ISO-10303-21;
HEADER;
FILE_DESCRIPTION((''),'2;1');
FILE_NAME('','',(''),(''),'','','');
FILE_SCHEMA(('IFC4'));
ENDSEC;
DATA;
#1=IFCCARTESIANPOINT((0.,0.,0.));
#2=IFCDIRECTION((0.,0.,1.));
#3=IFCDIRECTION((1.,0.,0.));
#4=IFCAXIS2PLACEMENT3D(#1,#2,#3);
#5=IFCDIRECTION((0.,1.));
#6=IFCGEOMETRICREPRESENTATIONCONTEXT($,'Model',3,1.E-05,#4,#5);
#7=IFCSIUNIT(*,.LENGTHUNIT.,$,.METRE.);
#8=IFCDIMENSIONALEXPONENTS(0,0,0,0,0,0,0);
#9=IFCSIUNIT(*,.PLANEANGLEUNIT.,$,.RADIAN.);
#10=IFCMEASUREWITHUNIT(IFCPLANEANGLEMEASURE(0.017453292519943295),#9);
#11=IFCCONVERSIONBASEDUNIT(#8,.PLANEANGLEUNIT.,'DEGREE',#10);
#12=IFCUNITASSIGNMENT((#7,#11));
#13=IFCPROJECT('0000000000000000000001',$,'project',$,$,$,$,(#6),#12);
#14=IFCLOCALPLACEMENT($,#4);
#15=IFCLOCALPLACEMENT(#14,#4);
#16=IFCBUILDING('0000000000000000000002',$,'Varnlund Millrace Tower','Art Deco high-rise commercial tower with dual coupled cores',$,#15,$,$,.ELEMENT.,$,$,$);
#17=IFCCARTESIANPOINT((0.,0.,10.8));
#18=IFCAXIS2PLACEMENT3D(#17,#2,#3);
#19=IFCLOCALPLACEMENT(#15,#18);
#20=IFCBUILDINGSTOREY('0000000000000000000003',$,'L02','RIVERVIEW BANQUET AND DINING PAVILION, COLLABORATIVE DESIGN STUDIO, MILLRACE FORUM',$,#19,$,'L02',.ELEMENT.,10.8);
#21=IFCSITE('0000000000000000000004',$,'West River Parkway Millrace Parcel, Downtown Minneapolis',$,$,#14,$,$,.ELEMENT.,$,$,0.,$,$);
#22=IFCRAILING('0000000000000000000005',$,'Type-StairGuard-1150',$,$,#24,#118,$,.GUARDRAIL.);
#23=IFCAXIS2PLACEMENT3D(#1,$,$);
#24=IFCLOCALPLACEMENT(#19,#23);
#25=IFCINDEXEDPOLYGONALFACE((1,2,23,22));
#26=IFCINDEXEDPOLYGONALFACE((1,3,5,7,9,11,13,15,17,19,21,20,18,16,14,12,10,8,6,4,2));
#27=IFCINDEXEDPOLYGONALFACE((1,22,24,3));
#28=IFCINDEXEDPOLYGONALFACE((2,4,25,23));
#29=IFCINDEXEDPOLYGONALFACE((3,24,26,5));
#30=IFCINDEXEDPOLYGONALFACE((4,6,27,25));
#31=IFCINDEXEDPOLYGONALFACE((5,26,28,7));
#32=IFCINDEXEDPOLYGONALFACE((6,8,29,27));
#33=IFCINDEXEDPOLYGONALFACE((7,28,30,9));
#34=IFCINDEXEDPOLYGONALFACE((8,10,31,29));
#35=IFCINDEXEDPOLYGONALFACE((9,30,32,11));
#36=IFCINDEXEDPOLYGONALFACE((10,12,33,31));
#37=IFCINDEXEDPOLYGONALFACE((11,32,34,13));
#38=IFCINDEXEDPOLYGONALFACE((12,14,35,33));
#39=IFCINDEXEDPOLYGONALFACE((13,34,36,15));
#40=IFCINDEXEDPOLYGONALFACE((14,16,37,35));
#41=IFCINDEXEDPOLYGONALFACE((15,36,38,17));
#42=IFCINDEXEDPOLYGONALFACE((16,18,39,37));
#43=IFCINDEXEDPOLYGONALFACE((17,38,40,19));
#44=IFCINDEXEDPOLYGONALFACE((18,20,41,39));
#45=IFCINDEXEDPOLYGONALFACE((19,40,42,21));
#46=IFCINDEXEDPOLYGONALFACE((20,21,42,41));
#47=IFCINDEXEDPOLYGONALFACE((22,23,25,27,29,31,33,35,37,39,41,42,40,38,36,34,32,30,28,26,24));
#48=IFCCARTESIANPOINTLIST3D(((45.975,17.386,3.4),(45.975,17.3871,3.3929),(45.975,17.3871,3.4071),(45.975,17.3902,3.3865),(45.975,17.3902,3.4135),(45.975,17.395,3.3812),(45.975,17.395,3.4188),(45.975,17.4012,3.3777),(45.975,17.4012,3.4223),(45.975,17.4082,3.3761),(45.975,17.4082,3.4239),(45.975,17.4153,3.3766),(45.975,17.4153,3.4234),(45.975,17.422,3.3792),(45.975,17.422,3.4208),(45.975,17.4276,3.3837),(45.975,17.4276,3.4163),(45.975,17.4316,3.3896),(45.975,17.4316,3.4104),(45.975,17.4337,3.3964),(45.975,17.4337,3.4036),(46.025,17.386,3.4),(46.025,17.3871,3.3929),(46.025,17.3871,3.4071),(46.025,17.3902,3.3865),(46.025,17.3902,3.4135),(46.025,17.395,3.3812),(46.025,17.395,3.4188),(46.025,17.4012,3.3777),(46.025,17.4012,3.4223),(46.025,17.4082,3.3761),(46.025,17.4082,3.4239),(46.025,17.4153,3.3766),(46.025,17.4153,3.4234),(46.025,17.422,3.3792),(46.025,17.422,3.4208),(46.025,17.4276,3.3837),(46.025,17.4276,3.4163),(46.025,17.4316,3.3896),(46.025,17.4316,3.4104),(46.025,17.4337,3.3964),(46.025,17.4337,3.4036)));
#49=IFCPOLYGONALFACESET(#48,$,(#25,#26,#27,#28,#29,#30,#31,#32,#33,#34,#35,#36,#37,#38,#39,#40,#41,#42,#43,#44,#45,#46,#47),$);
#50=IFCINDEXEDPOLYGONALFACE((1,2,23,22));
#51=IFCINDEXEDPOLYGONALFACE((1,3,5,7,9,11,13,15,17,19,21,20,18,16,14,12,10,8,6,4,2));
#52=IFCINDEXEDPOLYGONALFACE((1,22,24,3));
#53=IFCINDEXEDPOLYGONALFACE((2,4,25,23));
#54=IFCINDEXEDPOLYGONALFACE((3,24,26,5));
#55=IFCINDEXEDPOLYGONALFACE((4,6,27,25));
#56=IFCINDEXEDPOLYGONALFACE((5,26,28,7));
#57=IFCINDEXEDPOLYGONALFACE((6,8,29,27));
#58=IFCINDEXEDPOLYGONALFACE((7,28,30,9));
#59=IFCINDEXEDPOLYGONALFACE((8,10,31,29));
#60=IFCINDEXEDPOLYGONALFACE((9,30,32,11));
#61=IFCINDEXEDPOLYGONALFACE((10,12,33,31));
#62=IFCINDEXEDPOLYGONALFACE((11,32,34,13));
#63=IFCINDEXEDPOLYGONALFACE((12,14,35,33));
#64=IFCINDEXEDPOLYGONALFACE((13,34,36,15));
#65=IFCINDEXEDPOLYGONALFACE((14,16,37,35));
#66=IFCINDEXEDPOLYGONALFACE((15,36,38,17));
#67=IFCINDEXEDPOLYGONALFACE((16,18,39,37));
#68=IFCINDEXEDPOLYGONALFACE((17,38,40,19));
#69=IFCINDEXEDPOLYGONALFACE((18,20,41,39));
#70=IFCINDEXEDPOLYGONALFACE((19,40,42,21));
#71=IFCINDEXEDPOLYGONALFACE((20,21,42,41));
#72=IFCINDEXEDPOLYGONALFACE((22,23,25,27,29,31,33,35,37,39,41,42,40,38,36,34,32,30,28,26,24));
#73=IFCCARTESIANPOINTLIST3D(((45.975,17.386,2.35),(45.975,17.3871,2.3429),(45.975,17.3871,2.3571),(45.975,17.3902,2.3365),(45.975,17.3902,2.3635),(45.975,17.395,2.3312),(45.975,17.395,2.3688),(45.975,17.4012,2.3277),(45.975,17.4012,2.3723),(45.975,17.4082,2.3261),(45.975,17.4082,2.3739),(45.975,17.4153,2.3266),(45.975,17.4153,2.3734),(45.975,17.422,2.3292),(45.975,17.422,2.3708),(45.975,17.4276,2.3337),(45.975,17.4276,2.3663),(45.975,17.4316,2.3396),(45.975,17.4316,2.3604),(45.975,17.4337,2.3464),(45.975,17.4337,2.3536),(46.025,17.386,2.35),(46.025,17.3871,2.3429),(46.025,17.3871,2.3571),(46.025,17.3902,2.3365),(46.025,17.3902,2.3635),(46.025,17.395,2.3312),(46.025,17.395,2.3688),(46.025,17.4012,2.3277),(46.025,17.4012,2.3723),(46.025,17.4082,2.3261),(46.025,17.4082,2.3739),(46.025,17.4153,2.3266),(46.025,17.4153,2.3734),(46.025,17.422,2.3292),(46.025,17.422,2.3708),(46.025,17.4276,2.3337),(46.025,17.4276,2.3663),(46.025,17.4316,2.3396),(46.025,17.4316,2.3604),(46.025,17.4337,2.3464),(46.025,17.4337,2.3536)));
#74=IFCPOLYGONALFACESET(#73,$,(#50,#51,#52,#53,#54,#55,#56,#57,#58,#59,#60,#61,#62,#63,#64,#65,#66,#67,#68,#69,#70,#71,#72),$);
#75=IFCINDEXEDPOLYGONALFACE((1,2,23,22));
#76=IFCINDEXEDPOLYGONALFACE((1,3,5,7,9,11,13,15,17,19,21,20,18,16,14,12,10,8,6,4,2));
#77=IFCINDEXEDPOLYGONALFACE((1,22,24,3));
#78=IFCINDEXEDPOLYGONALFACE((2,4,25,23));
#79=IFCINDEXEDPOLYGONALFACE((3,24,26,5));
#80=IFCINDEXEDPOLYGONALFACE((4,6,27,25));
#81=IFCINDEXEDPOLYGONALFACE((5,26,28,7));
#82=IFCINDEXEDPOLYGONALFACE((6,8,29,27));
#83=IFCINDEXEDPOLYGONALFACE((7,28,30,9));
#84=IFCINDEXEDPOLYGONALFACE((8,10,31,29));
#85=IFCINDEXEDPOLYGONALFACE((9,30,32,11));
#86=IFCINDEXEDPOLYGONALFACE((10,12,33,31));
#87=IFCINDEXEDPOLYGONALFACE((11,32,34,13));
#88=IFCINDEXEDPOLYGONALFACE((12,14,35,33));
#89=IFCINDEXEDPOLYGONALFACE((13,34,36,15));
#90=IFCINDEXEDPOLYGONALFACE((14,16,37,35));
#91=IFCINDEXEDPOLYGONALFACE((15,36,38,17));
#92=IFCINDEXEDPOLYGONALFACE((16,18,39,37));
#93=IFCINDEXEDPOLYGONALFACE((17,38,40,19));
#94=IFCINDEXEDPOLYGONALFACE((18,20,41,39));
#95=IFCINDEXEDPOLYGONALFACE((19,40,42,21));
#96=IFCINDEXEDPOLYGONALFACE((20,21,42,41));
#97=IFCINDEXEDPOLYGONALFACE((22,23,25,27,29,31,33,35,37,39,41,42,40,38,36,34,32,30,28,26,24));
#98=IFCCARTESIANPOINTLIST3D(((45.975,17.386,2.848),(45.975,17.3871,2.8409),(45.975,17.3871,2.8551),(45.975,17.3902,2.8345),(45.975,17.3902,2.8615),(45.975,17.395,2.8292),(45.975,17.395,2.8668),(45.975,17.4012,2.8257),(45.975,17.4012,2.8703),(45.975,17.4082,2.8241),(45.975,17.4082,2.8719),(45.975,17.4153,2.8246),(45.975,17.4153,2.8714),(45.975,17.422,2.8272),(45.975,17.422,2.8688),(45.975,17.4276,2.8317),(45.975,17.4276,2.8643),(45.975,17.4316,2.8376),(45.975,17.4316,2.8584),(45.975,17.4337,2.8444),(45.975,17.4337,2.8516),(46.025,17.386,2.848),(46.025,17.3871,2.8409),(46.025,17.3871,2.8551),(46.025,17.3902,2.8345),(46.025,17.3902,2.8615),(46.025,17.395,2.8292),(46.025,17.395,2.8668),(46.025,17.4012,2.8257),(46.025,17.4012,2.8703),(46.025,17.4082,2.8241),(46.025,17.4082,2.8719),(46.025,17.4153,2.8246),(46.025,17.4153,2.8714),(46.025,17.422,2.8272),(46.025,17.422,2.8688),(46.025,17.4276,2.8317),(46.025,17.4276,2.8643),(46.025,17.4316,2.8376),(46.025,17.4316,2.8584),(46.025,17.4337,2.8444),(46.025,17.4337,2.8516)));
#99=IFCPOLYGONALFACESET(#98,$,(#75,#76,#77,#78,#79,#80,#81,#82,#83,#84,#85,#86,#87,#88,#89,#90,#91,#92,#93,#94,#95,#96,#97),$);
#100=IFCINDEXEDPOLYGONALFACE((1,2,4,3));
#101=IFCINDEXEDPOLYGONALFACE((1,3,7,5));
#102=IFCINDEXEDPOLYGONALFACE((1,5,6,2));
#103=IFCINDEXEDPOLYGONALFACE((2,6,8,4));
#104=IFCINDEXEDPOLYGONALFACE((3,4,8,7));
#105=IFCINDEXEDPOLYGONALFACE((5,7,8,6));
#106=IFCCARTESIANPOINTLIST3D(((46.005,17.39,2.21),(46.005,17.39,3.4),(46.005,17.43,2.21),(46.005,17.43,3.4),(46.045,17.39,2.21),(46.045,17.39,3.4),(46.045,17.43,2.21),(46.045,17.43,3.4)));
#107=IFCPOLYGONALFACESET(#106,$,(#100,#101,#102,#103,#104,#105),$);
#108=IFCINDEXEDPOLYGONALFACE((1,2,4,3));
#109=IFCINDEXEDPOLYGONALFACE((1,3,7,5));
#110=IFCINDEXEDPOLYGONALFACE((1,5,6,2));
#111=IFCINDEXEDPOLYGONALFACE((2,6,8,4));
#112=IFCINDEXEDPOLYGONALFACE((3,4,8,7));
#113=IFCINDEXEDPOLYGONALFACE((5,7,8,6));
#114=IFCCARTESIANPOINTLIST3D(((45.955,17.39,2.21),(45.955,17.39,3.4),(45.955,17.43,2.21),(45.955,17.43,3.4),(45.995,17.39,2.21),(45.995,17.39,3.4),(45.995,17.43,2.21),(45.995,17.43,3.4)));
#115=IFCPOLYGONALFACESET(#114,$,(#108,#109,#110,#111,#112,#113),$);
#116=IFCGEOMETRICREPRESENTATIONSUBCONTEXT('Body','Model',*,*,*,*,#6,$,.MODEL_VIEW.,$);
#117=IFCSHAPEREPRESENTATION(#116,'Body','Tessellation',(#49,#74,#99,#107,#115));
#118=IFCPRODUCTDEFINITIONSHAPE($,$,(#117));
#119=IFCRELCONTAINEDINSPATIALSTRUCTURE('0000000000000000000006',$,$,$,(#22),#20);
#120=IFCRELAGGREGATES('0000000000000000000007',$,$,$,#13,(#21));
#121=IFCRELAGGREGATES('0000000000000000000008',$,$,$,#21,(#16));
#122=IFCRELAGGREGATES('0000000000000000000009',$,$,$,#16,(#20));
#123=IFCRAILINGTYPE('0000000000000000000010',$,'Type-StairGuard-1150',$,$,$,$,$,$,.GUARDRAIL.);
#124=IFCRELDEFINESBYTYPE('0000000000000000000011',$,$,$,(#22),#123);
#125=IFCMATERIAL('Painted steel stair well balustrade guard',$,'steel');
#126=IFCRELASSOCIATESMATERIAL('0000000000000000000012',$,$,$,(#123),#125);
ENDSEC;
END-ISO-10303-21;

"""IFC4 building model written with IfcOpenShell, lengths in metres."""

from ifc_helpers import new_model, entity, si_unit, converted_unit, direction, frame, origin_with_axes, origin_2d_with_axis, place, context, subcontext, project, spatial, rectangle, circle, extrude, material, type_object, element, save


model = new_model("IFC4")

# Units and contexts
model_context = context("Model", 3, precision=1e-05, world=origin_with_axes(), true_north=direction((0.0, 1.0)))
body_context = subcontext(model_context, "Body", "Model", "MODEL_VIEW")
ifc_project = project(units=[si_unit("LENGTHUNIT", "METRE"), converted_unit("PLANEANGLEUNIT", "DEGREE", entity("IfcPlaneAngleMeasure", 0.017453292519943295), si_unit("PLANEANGLEUNIT", "RADIAN"), dimensions=[0, 0, 0, 0, 0, 0, 0])], contexts=[model_context])

# Site, building, storey
site_placement = place(None, origin_with_axes())
site = spatial("IfcSite", under=ifc_project, at=site_placement, Name="West River Parkway Millrace Parcel, Downtown Minneapolis", CompositionType="ELEMENT", RefElevation=0.0)
building_placement = place(site_placement, origin_with_axes())
building = spatial("IfcBuilding", under=site, at=building_placement, Name="Varnlund Millrace Tower", Description="Art Deco high-rise commercial tower with dual coupled cores", CompositionType="ELEMENT")
storey_placement = place(building_placement, frame((0.0, 0.0, 10.8), z_axis=(0.0, 0.0, 1.0), x_axis=(1.0, 0.0, 0.0)))
storey = spatial("IfcBuildingStorey", under=building, at=storey_placement, Name="L02", Description="RIVERVIEW BANQUET AND DINING PAVILION, COLLABORATIVE DESIGN STUDIO, MILLRACE FORUM", LongName="L02", CompositionType="ELEMENT", Elevation=10.8)

# Railing
ifc_material_1 = material(Name="Painted steel stair well balustrade guard", Category="steel")
railing_type_1 = type_object("IfcRailingType", Name="Type-StairGuard-1150", PredefinedType="GUARDRAIL", material=ifc_material_1)
railing_1_placement = place(storey_placement, frame((0.0, 0.0, -10.8), z_axis=(0.0, 0.0, 1.0), x_axis=(1.0, 0.0, 0.0)))
element("IfcRailing", 1, at=railing_1_placement, inside=storey, type_object=railing_type_1, Name="Type-StairGuard-1150", PredefinedType="GUARDRAIL", context=body_context, shape_type="SweptSolid", body=[
    extrude(circle(Radius=0.024, at=origin_2d_with_axis()), frame((46.025, 17.41, 14.2), z_axis=(-1.0, 0.0, 0.0), x_axis=(0.0, -1.0, 0.0)), (0.0, 0.0, 1.0), 0.05),
    extrude(circle(Radius=0.024, at=origin_2d_with_axis()), frame((46.025, 17.41, 13.15), z_axis=(-1.0, 0.0, 0.0), x_axis=(0.0, -1.0, 0.0)), (0.0, 0.0, 1.0), 0.05),
    extrude(circle(Radius=0.024, at=origin_2d_with_axis()), frame((46.025, 17.41, 13.648), z_axis=(-1.0, 0.0, 0.0), x_axis=(0.0, -1.0, 0.0)), (0.0, 0.0, 1.0), 0.05),
    extrude(rectangle(XDim=0.04, YDim=0.04, at=origin_2d_with_axis()), frame((46.025, 17.41, 13.01), z_axis=(0.0, 0.0, 1.0), x_axis=(1.0, 0.0, 0.0)), (0.0, 0.0, 1.0), 1.19),
    extrude(rectangle(XDim=0.04, YDim=0.04, at=origin_2d_with_axis()), frame((45.975, 17.41, 13.01), z_axis=(0.0, 0.0, 1.0), x_axis=(1.0, 0.0, 0.0)), (0.0, 0.0, 1.0), 1.19),
])

save(model, "model.ifc")
